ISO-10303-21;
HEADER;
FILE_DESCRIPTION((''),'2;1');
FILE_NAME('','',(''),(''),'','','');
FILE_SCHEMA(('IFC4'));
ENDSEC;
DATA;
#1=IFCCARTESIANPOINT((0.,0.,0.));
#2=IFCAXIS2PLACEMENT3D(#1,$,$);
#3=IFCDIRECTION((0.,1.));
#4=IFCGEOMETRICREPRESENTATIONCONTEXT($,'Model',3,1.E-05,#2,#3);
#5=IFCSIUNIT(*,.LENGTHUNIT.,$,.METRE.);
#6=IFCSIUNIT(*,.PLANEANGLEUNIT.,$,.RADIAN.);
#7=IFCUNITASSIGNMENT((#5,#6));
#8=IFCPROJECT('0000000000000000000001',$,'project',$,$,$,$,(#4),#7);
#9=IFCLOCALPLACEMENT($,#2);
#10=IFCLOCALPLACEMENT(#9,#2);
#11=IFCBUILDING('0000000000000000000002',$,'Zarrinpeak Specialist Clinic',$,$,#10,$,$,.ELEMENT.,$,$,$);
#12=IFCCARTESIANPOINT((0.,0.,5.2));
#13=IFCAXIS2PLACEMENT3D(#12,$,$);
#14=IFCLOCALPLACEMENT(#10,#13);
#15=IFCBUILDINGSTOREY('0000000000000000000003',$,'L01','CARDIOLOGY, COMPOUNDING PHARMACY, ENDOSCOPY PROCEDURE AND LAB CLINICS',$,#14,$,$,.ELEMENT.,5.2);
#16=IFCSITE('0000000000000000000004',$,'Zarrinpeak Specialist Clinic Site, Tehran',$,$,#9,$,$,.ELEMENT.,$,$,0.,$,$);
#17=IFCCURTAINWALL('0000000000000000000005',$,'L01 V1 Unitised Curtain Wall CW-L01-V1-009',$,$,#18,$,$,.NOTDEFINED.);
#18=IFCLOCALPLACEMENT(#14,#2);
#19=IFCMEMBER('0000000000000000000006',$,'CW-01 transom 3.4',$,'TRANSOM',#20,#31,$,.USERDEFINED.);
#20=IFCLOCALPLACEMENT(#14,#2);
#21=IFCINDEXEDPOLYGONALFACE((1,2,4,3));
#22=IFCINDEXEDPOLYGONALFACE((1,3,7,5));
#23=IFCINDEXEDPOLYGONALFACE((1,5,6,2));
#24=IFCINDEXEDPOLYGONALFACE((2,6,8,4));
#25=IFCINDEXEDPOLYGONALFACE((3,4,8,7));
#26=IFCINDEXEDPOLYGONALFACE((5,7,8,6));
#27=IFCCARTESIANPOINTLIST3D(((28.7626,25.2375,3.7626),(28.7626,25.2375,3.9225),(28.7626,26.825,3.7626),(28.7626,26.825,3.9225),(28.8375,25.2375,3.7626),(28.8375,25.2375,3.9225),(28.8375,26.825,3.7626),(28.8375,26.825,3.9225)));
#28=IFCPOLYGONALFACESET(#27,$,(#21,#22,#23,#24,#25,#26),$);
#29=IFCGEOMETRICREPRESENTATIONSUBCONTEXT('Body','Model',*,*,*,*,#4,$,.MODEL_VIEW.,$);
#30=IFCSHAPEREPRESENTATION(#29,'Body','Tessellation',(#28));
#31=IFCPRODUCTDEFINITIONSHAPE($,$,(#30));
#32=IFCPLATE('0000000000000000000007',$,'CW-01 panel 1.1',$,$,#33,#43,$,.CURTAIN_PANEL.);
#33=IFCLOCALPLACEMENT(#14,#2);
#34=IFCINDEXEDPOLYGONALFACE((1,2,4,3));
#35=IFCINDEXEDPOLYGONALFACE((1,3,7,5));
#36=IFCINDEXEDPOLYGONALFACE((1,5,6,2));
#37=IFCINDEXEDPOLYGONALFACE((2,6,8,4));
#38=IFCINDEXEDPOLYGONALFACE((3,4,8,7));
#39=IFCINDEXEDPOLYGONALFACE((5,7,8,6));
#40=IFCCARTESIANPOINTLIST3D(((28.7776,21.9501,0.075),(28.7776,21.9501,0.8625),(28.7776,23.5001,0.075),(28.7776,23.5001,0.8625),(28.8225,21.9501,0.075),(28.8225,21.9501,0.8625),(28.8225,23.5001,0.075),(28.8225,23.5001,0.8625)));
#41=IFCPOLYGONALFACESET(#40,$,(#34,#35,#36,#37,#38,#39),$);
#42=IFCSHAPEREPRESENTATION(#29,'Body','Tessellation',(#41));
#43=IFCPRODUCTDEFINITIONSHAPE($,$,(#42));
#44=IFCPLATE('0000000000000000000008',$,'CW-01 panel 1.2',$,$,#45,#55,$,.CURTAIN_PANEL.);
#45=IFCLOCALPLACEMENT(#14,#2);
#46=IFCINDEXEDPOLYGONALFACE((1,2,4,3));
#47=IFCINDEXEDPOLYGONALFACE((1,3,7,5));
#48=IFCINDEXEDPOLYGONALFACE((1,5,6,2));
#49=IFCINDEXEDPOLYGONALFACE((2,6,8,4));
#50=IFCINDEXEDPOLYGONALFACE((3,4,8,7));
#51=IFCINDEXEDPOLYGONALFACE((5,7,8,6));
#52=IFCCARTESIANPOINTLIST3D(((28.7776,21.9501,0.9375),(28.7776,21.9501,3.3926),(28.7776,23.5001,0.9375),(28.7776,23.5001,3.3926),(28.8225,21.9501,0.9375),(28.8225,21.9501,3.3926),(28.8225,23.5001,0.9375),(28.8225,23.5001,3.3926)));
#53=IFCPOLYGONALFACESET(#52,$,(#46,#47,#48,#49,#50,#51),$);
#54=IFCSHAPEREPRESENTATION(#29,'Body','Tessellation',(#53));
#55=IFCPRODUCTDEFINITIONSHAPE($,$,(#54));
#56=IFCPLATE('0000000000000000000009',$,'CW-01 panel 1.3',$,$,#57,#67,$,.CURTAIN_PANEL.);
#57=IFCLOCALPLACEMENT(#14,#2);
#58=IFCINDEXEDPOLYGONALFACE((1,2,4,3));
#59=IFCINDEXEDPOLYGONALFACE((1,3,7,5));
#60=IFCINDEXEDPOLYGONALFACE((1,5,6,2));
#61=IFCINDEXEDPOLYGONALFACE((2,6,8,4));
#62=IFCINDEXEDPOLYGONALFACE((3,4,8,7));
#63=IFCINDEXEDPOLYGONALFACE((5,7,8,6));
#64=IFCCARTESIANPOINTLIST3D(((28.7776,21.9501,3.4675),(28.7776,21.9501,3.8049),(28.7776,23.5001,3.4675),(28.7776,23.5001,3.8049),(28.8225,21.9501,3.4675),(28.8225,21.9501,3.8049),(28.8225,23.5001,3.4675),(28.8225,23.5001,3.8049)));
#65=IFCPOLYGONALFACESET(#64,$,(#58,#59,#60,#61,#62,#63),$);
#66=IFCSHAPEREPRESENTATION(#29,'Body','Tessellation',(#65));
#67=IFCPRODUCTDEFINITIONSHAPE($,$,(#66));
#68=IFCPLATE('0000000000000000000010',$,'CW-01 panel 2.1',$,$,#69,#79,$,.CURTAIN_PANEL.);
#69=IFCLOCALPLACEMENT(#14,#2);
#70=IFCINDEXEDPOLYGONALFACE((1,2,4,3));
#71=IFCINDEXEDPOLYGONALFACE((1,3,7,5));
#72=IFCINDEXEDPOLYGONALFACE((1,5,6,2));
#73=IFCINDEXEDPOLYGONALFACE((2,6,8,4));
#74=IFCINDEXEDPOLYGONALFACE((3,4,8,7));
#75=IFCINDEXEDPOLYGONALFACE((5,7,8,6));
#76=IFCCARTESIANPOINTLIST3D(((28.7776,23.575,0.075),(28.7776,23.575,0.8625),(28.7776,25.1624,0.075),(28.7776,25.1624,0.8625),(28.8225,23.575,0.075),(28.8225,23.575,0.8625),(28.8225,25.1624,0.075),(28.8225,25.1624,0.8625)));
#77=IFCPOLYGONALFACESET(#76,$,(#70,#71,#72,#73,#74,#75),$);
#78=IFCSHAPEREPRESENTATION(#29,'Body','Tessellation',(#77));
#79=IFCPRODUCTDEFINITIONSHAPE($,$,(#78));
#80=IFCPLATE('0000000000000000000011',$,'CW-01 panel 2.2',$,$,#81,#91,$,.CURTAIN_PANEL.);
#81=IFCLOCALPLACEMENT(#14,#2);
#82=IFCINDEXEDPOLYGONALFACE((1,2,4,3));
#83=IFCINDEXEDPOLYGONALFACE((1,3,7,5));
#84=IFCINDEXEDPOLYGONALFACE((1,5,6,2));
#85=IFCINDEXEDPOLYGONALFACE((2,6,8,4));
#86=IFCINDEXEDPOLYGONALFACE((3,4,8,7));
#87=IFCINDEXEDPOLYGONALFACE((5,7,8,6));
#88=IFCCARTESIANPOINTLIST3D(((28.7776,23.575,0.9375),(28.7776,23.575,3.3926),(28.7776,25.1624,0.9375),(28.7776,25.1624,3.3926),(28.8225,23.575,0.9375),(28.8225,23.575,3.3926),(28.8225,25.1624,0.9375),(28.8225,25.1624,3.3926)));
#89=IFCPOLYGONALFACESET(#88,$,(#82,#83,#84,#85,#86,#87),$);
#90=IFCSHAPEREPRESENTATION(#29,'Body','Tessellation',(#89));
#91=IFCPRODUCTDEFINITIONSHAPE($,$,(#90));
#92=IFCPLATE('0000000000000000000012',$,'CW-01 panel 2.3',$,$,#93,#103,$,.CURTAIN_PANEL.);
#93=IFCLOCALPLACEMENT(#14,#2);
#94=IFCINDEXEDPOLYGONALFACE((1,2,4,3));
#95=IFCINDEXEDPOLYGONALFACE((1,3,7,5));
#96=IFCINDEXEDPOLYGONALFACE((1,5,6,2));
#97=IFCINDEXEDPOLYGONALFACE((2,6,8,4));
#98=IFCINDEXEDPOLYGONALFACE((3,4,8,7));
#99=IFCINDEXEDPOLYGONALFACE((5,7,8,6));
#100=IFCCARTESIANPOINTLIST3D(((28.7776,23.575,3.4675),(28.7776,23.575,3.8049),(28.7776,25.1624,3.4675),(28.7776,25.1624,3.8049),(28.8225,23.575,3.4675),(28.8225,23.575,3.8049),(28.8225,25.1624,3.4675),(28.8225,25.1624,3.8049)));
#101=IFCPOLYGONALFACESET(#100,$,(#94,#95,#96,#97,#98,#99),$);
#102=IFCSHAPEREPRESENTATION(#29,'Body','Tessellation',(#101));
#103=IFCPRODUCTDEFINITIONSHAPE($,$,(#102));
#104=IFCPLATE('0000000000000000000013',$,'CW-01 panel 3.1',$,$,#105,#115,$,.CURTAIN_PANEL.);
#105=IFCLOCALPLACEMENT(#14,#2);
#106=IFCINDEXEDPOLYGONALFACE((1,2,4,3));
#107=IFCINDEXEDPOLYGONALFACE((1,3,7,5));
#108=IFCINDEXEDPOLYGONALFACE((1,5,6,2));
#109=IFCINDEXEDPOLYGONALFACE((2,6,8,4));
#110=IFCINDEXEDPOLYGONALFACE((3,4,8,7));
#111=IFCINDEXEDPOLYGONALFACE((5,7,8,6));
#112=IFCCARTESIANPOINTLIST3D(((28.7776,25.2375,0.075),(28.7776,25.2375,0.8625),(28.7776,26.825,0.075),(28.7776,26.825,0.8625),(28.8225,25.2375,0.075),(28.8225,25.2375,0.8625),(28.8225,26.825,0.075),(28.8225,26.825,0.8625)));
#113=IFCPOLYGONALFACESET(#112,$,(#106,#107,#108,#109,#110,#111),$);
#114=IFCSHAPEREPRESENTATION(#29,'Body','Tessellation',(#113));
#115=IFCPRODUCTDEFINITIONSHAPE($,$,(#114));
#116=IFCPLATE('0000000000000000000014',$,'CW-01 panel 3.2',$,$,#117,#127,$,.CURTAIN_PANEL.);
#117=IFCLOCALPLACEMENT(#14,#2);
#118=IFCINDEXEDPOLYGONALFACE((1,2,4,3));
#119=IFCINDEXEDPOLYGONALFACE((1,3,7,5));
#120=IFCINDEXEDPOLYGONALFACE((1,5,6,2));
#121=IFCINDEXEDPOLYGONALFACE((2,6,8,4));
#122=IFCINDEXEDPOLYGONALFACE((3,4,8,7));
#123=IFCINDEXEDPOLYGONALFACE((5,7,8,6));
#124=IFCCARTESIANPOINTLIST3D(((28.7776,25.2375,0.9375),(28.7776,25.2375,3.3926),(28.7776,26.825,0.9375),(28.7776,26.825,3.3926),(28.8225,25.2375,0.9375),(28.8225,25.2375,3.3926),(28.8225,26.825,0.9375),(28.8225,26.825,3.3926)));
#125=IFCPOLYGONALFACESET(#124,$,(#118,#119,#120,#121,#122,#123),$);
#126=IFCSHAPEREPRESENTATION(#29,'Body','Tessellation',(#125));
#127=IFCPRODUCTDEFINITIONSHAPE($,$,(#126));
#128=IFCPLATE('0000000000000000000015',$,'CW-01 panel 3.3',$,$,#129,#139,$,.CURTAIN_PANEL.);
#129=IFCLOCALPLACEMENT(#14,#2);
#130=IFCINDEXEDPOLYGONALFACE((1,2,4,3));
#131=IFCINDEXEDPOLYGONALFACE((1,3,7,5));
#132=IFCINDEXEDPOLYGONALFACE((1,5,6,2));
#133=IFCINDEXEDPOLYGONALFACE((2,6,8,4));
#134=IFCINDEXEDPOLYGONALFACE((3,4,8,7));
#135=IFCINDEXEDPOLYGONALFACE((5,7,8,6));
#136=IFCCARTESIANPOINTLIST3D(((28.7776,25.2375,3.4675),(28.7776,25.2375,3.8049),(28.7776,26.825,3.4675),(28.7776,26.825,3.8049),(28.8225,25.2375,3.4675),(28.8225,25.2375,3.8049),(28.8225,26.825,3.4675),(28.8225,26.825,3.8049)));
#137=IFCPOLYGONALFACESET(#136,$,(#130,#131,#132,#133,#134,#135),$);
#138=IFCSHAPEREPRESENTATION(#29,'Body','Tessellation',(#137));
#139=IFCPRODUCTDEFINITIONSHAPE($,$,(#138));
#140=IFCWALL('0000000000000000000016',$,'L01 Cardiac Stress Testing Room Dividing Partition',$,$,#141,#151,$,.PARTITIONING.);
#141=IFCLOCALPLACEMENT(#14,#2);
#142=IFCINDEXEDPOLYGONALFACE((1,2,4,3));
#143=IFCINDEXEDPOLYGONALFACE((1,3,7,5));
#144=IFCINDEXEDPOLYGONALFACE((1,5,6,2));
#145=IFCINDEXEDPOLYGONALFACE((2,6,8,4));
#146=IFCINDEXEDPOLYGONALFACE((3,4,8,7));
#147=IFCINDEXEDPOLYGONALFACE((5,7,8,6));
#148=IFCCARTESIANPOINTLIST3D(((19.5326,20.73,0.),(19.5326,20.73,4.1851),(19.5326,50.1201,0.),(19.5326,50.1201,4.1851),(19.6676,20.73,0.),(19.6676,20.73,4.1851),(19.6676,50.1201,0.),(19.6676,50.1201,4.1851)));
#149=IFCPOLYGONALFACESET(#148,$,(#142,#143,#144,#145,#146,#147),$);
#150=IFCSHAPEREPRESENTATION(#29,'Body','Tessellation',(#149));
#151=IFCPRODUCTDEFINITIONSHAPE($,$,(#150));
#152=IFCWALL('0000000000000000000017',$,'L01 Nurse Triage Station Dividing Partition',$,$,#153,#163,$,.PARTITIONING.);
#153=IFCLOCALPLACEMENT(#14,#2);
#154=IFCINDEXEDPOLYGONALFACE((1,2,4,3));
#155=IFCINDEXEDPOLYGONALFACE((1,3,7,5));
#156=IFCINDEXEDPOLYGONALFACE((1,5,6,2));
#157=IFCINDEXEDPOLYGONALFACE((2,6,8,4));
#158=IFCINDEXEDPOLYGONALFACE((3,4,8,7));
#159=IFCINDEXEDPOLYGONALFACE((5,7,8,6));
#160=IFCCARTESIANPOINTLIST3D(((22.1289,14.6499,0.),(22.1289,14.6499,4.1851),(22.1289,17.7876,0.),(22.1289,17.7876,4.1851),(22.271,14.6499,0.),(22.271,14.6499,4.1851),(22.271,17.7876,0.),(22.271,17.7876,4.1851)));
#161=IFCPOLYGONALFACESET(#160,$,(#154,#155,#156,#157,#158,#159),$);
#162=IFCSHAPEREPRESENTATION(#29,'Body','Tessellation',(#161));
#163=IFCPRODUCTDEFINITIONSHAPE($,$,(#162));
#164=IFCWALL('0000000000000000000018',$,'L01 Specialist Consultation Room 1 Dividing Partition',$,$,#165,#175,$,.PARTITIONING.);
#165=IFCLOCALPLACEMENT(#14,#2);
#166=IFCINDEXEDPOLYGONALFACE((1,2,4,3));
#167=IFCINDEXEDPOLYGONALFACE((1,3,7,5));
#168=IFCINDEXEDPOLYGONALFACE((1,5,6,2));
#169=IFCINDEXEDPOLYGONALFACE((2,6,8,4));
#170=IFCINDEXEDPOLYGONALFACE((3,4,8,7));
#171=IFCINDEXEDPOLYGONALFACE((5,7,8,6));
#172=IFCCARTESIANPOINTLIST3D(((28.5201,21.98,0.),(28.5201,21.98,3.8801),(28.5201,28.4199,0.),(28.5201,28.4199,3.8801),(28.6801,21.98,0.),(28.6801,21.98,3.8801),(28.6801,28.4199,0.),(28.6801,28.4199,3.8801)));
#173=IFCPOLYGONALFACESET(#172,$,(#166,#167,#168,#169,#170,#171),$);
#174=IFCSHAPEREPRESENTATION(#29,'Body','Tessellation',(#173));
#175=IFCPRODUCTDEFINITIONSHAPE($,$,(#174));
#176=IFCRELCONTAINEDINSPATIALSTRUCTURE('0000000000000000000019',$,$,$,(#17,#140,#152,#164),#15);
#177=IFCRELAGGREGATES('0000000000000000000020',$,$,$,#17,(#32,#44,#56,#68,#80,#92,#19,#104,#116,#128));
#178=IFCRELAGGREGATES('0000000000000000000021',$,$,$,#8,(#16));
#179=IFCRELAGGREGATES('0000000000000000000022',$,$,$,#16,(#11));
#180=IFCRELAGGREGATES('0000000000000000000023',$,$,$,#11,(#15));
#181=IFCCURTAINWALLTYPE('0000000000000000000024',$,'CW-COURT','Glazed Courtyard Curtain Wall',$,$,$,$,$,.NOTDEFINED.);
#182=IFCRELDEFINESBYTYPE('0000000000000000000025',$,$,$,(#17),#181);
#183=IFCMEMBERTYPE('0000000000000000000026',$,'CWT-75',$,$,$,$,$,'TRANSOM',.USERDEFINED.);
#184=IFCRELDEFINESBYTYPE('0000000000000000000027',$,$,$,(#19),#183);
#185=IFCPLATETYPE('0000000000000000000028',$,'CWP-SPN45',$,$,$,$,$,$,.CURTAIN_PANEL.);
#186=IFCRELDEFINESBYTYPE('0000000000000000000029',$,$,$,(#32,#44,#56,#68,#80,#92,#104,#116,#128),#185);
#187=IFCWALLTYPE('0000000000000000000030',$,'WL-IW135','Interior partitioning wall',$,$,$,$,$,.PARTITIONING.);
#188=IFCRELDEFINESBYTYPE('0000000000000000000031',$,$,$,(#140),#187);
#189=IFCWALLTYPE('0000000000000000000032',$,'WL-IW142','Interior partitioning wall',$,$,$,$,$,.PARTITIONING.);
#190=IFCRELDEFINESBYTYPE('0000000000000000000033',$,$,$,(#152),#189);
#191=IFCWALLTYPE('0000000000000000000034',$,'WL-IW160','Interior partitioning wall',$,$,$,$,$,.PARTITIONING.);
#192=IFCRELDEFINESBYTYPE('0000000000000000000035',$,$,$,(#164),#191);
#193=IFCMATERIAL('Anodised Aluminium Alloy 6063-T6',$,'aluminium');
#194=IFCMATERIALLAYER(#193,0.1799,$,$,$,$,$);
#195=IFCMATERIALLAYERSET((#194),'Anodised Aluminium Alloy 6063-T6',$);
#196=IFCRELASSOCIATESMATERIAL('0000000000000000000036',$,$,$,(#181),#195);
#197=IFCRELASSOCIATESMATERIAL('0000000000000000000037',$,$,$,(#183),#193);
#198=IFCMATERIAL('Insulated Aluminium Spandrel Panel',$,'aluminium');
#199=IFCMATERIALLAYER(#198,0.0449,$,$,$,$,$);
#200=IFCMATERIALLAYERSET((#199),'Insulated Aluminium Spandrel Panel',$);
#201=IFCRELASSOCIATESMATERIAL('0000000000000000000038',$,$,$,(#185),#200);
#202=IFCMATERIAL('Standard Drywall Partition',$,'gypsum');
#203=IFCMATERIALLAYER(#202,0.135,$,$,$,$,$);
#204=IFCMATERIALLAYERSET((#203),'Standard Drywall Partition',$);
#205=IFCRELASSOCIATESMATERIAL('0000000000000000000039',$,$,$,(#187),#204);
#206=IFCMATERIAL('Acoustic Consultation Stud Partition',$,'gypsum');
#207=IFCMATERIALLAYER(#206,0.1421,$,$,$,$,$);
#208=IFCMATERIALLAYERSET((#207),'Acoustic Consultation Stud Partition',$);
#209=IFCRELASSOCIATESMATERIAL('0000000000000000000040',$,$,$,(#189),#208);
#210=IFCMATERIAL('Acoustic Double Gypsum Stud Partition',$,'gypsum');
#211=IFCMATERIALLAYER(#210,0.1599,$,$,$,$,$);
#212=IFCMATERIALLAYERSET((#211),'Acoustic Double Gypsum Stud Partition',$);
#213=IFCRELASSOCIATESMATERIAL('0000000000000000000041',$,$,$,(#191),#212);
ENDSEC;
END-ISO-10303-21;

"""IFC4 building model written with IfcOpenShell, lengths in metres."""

from ifc_helpers import new_model, si_unit, direction, frame, frame_2d, origin, origin_2d, place, context, subcontext, project, spatial, rectangle, extrude, material, layer, layer_set, material_profile, profile_set, type_object, element, aggregate, save


model = new_model("IFC4")

# Units and contexts
model_context = context("Model", 3, precision=1e-05, world=origin(), true_north=direction((0.0, 1.0)))
body_context = subcontext(model_context, "Body", "Model", "MODEL_VIEW")
ifc_project = project(units=[si_unit("LENGTHUNIT", "METRE"), si_unit("PLANEANGLEUNIT", "RADIAN")], contexts=[model_context])

# Site, building, storey
site_placement = place(None, origin())
site = spatial("IfcSite", under=ifc_project, at=site_placement, Name="Zarrinpeak Specialist Clinic Site, Tehran", CompositionType="ELEMENT", RefElevation=0.0)
building_placement = place(site_placement, origin())
building = spatial("IfcBuilding", under=site, at=building_placement, Name="Zarrinpeak Specialist Clinic", CompositionType="ELEMENT")
storey_placement = place(building_placement, frame((0.0, 0.0, 5.2)))
storey = spatial("IfcBuildingStorey", under=building, at=storey_placement, Name="L01", Description="CARDIOLOGY, COMPOUNDING PHARMACY, ENDOSCOPY PROCEDURE AND LAB CLINICS", CompositionType="ELEMENT", Elevation=5.2)

# Curtain wall, member, plates
ifc_material_1 = material(Name="Anodised Aluminium Alloy 6063-T6", Category="aluminium")
ifc_layer_1 = layer(ifc_material_1, 0.1799)
ifc_layer_set_1 = layer_set([ifc_layer_1], Name="Anodised Aluminium Alloy 6063-T6")
curtain_wall_type = type_object("IfcCurtainWallType", Name="CW-COURT", Description="Glazed Courtyard Curtain Wall", PredefinedType="NOTDEFINED", material=ifc_layer_set_1)
curtain_wall_placement = place(storey_placement, origin())
curtain_wall = element("IfcCurtainWall", 1, at=curtain_wall_placement, inside=storey, type_object=curtain_wall_type, Name="L01 V1 Unitised Curtain Wall CW-L01-V1-009", PredefinedType="NOTDEFINED")
ifc_material_profile_1 = material_profile(ifc_material_1, rectangle(XDim=0.075, YDim=0.1599, at=origin_2d()), Name="ALU 75x160")
ifc_profile_set_1 = profile_set([ifc_material_profile_1], Name="Anodised Aluminium Alloy 6063-T6")
member_type_1 = type_object("IfcMemberType", Name="CWT-75", ElementType="TRANSOM", PredefinedType="USERDEFINED", material=ifc_profile_set_1)
member_1_placement = place(storey_placement, frame((28.8, 25.2375, 3.8425), z_axis=(0.0, 1.0, 0.0), x_axis=(-1.0, 0.0, 0.0)))
member_1 = element("IfcMember", 2, at=member_1_placement, type_object=member_type_1, Name="CW-01 transom 3.4", ObjectType="TRANSOM", PredefinedType="USERDEFINED", context=body_context, shape_type="SweptSolid", body=[
    extrude(rectangle(XDim=0.075, YDim=0.1599, at=origin_2d()), origin(), (0.0, 0.0, 1.0), 1.5874),
])
ifc_material_2 = material(Name="Insulated Aluminium Spandrel Panel", Category="aluminium")
ifc_layer_2 = layer(ifc_material_2, 0.0449)
ifc_layer_set_2 = layer_set([ifc_layer_2], Name="Insulated Aluminium Spandrel Panel")
plate_type = type_object("IfcPlateType", Name="CWP-SPN45", PredefinedType="CURTAIN_PANEL", material=ifc_layer_set_2)
plate_1_placement = place(storey_placement, frame((28.8, 22.7251, 0.075), z_axis=(0.0, 0.0, 1.0), x_axis=(0.0, 1.0, 0.0)))
plate_1 = element("IfcPlate", 3, at=plate_1_placement, type_object=plate_type, Name="CW-01 panel 1.1", PredefinedType="CURTAIN_PANEL", context=body_context, shape_type="SweptSolid", body=[
    extrude(rectangle(XDim=1.55, YDim=0.0449, at=origin_2d()), origin(), (0.0, 0.0, 1.0), 0.7876),
])
plate_2_placement = place(storey_placement, frame((28.8, 22.7251, 0.9375), z_axis=(0.0, 0.0, 1.0), x_axis=(0.0, 1.0, 0.0)))
plate_2 = element("IfcPlate", 4, at=plate_2_placement, type_object=plate_type, Name="CW-01 panel 1.2", PredefinedType="CURTAIN_PANEL", context=body_context, shape_type="SweptSolid", body=[
    extrude(rectangle(XDim=1.55, YDim=0.0449, at=origin_2d()), origin(), (0.0, 0.0, 1.0), 2.4551),
])
plate_3_placement = place(storey_placement, frame((28.8, 22.7251, 3.4675), z_axis=(0.0, 0.0, 1.0), x_axis=(0.0, 1.0, 0.0)))
plate_3 = element("IfcPlate", 5, at=plate_3_placement, type_object=plate_type, Name="CW-01 panel 1.3", PredefinedType="CURTAIN_PANEL", context=body_context, shape_type="SweptSolid", body=[
    extrude(rectangle(XDim=1.55, YDim=0.0449, at=origin_2d()), origin(), (0.0, 0.0, 1.0), 0.3374),
])
plate_4_placement = place(storey_placement, frame((28.8, 24.3687, 0.075), z_axis=(0.0, 0.0, 1.0), x_axis=(0.0, 1.0, 0.0)))
plate_4 = element("IfcPlate", 6, at=plate_4_placement, type_object=plate_type, Name="CW-01 panel 2.1", PredefinedType="CURTAIN_PANEL", context=body_context, shape_type="SweptSolid", body=[
    extrude(rectangle(XDim=1.5874, YDim=0.0449, at=origin_2d()), origin(), (0.0, 0.0, 1.0), 0.7876),
])
plate_5_placement = place(storey_placement, frame((28.8, 24.3687, 0.9375), z_axis=(0.0, 0.0, 1.0), x_axis=(0.0, 1.0, 0.0)))
plate_5 = element("IfcPlate", 7, at=plate_5_placement, type_object=plate_type, Name="CW-01 panel 2.2", PredefinedType="CURTAIN_PANEL", context=body_context, shape_type="SweptSolid", body=[
    extrude(rectangle(XDim=1.5874, YDim=0.0449, at=origin_2d()), origin(), (0.0, 0.0, 1.0), 2.4551),
])
plate_6_placement = place(storey_placement, frame((28.8, 24.3687, 3.4675), z_axis=(0.0, 0.0, 1.0), x_axis=(0.0, 1.0, 0.0)))
plate_6 = element("IfcPlate", 8, at=plate_6_placement, type_object=plate_type, Name="CW-01 panel 2.3", PredefinedType="CURTAIN_PANEL", context=body_context, shape_type="SweptSolid", body=[
    extrude(rectangle(XDim=1.5874, YDim=0.0449, at=origin_2d()), origin(), (0.0, 0.0, 1.0), 0.3374),
])
plate_7_placement = place(storey_placement, frame((28.8, 26.0312, 0.075), z_axis=(0.0, 0.0, 1.0), x_axis=(0.0, 1.0, 0.0)))
plate_7 = element("IfcPlate", 9, at=plate_7_placement, type_object=plate_type, Name="CW-01 panel 3.1", PredefinedType="CURTAIN_PANEL", context=body_context, shape_type="SweptSolid", body=[
    extrude(rectangle(XDim=1.5874, YDim=0.0449, at=origin_2d()), origin(), (0.0, 0.0, 1.0), 0.7876),
])
plate_8_placement = place(storey_placement, frame((28.8, 26.0312, 0.9375), z_axis=(0.0, 0.0, 1.0), x_axis=(0.0, 1.0, 0.0)))
plate_8 = element("IfcPlate", 10, at=plate_8_placement, type_object=plate_type, Name="CW-01 panel 3.2", PredefinedType="CURTAIN_PANEL", context=body_context, shape_type="SweptSolid", body=[
    extrude(rectangle(XDim=1.5874, YDim=0.0449, at=origin_2d()), origin(), (0.0, 0.0, 1.0), 2.4551),
])
plate_9_placement = place(storey_placement, frame((28.8, 26.0312, 3.4675), z_axis=(0.0, 0.0, 1.0), x_axis=(0.0, 1.0, 0.0)))
plate_9 = element("IfcPlate", 11, at=plate_9_placement, type_object=plate_type, Name="CW-01 panel 3.3", PredefinedType="CURTAIN_PANEL", context=body_context, shape_type="SweptSolid", body=[
    extrude(rectangle(XDim=1.5874, YDim=0.0449, at=origin_2d()), origin(), (0.0, 0.0, 1.0), 0.3374),
])
aggregate(curtain_wall, [plate_1, plate_2, plate_3, plate_4, plate_5, plate_6, member_1, plate_7, plate_8, plate_9])

# Walls
ifc_material_3 = material(Name="Standard Drywall Partition", Category="gypsum")
ifc_layer_3 = layer(ifc_material_3, 0.135)
ifc_layer_set_3 = layer_set([ifc_layer_3], Name="Standard Drywall Partition")
wall_type_1 = type_object("IfcWallType", Name="WL-IW135", Description="Interior partitioning wall", PredefinedType="PARTITIONING", material=ifc_layer_set_3)
wall_1_placement = place(storey_placement, frame((19.6001, 20.73, 0.0), z_axis=(0.0, 0.0, 1.0), x_axis=(0.0, 1.0, 0.0)))
element("IfcWall", 12, at=wall_1_placement, inside=storey, type_object=wall_type_1, Name="L01 Cardiac Stress Testing Room Dividing Partition", PredefinedType="PARTITIONING", context=body_context, shape_type="SweptSolid", body=[
    extrude(rectangle(XDim=29.3901, YDim=0.135, at=frame_2d((14.6951, 0.0))), origin(), (0.0, 0.0, 1.0), 4.1851),
])
ifc_material_4 = material(Name="Acoustic Consultation Stud Partition", Category="gypsum")
ifc_layer_4 = layer(ifc_material_4, 0.1421)
ifc_layer_set_4 = layer_set([ifc_layer_4], Name="Acoustic Consultation Stud Partition")
wall_type_2 = type_object("IfcWallType", Name="WL-IW142", Description="Interior partitioning wall", PredefinedType="PARTITIONING", material=ifc_layer_set_4)
wall_2_placement = place(storey_placement, frame((22.2, 14.6499, 0.0), z_axis=(0.0, 0.0, 1.0), x_axis=(0.0, 1.0, 0.0)))
element("IfcWall", 13, at=wall_2_placement, inside=storey, type_object=wall_type_2, Name="L01 Nurse Triage Station Dividing Partition", PredefinedType="PARTITIONING", context=body_context, shape_type="SweptSolid", body=[
    extrude(rectangle(XDim=3.1377, YDim=0.1421, at=frame_2d((1.5688, 0.0))), origin(), (0.0, 0.0, 1.0), 4.1851),
])
ifc_material_5 = material(Name="Acoustic Double Gypsum Stud Partition", Category="gypsum")
ifc_layer_5 = layer(ifc_material_5, 0.1599)
ifc_layer_set_5 = layer_set([ifc_layer_5], Name="Acoustic Double Gypsum Stud Partition")
wall_type_3 = type_object("IfcWallType", Name="WL-IW160", Description="Interior partitioning wall", PredefinedType="PARTITIONING", material=ifc_layer_set_5)
wall_3_placement = place(storey_placement, frame((28.6001, 21.98, 0.0), z_axis=(0.0, 0.0, 1.0), x_axis=(0.0, 1.0, 0.0)))
element("IfcWall", 14, at=wall_3_placement, inside=storey, type_object=wall_type_3, Name="L01 Specialist Consultation Room 1 Dividing Partition", PredefinedType="PARTITIONING", context=body_context, shape_type="SweptSolid", body=[
    extrude(rectangle(XDim=6.4399, YDim=0.1599, at=frame_2d((3.22, 0.0))), origin(), (0.0, 0.0, 1.0), 3.8801),
])

save(model, "model.ifc")
